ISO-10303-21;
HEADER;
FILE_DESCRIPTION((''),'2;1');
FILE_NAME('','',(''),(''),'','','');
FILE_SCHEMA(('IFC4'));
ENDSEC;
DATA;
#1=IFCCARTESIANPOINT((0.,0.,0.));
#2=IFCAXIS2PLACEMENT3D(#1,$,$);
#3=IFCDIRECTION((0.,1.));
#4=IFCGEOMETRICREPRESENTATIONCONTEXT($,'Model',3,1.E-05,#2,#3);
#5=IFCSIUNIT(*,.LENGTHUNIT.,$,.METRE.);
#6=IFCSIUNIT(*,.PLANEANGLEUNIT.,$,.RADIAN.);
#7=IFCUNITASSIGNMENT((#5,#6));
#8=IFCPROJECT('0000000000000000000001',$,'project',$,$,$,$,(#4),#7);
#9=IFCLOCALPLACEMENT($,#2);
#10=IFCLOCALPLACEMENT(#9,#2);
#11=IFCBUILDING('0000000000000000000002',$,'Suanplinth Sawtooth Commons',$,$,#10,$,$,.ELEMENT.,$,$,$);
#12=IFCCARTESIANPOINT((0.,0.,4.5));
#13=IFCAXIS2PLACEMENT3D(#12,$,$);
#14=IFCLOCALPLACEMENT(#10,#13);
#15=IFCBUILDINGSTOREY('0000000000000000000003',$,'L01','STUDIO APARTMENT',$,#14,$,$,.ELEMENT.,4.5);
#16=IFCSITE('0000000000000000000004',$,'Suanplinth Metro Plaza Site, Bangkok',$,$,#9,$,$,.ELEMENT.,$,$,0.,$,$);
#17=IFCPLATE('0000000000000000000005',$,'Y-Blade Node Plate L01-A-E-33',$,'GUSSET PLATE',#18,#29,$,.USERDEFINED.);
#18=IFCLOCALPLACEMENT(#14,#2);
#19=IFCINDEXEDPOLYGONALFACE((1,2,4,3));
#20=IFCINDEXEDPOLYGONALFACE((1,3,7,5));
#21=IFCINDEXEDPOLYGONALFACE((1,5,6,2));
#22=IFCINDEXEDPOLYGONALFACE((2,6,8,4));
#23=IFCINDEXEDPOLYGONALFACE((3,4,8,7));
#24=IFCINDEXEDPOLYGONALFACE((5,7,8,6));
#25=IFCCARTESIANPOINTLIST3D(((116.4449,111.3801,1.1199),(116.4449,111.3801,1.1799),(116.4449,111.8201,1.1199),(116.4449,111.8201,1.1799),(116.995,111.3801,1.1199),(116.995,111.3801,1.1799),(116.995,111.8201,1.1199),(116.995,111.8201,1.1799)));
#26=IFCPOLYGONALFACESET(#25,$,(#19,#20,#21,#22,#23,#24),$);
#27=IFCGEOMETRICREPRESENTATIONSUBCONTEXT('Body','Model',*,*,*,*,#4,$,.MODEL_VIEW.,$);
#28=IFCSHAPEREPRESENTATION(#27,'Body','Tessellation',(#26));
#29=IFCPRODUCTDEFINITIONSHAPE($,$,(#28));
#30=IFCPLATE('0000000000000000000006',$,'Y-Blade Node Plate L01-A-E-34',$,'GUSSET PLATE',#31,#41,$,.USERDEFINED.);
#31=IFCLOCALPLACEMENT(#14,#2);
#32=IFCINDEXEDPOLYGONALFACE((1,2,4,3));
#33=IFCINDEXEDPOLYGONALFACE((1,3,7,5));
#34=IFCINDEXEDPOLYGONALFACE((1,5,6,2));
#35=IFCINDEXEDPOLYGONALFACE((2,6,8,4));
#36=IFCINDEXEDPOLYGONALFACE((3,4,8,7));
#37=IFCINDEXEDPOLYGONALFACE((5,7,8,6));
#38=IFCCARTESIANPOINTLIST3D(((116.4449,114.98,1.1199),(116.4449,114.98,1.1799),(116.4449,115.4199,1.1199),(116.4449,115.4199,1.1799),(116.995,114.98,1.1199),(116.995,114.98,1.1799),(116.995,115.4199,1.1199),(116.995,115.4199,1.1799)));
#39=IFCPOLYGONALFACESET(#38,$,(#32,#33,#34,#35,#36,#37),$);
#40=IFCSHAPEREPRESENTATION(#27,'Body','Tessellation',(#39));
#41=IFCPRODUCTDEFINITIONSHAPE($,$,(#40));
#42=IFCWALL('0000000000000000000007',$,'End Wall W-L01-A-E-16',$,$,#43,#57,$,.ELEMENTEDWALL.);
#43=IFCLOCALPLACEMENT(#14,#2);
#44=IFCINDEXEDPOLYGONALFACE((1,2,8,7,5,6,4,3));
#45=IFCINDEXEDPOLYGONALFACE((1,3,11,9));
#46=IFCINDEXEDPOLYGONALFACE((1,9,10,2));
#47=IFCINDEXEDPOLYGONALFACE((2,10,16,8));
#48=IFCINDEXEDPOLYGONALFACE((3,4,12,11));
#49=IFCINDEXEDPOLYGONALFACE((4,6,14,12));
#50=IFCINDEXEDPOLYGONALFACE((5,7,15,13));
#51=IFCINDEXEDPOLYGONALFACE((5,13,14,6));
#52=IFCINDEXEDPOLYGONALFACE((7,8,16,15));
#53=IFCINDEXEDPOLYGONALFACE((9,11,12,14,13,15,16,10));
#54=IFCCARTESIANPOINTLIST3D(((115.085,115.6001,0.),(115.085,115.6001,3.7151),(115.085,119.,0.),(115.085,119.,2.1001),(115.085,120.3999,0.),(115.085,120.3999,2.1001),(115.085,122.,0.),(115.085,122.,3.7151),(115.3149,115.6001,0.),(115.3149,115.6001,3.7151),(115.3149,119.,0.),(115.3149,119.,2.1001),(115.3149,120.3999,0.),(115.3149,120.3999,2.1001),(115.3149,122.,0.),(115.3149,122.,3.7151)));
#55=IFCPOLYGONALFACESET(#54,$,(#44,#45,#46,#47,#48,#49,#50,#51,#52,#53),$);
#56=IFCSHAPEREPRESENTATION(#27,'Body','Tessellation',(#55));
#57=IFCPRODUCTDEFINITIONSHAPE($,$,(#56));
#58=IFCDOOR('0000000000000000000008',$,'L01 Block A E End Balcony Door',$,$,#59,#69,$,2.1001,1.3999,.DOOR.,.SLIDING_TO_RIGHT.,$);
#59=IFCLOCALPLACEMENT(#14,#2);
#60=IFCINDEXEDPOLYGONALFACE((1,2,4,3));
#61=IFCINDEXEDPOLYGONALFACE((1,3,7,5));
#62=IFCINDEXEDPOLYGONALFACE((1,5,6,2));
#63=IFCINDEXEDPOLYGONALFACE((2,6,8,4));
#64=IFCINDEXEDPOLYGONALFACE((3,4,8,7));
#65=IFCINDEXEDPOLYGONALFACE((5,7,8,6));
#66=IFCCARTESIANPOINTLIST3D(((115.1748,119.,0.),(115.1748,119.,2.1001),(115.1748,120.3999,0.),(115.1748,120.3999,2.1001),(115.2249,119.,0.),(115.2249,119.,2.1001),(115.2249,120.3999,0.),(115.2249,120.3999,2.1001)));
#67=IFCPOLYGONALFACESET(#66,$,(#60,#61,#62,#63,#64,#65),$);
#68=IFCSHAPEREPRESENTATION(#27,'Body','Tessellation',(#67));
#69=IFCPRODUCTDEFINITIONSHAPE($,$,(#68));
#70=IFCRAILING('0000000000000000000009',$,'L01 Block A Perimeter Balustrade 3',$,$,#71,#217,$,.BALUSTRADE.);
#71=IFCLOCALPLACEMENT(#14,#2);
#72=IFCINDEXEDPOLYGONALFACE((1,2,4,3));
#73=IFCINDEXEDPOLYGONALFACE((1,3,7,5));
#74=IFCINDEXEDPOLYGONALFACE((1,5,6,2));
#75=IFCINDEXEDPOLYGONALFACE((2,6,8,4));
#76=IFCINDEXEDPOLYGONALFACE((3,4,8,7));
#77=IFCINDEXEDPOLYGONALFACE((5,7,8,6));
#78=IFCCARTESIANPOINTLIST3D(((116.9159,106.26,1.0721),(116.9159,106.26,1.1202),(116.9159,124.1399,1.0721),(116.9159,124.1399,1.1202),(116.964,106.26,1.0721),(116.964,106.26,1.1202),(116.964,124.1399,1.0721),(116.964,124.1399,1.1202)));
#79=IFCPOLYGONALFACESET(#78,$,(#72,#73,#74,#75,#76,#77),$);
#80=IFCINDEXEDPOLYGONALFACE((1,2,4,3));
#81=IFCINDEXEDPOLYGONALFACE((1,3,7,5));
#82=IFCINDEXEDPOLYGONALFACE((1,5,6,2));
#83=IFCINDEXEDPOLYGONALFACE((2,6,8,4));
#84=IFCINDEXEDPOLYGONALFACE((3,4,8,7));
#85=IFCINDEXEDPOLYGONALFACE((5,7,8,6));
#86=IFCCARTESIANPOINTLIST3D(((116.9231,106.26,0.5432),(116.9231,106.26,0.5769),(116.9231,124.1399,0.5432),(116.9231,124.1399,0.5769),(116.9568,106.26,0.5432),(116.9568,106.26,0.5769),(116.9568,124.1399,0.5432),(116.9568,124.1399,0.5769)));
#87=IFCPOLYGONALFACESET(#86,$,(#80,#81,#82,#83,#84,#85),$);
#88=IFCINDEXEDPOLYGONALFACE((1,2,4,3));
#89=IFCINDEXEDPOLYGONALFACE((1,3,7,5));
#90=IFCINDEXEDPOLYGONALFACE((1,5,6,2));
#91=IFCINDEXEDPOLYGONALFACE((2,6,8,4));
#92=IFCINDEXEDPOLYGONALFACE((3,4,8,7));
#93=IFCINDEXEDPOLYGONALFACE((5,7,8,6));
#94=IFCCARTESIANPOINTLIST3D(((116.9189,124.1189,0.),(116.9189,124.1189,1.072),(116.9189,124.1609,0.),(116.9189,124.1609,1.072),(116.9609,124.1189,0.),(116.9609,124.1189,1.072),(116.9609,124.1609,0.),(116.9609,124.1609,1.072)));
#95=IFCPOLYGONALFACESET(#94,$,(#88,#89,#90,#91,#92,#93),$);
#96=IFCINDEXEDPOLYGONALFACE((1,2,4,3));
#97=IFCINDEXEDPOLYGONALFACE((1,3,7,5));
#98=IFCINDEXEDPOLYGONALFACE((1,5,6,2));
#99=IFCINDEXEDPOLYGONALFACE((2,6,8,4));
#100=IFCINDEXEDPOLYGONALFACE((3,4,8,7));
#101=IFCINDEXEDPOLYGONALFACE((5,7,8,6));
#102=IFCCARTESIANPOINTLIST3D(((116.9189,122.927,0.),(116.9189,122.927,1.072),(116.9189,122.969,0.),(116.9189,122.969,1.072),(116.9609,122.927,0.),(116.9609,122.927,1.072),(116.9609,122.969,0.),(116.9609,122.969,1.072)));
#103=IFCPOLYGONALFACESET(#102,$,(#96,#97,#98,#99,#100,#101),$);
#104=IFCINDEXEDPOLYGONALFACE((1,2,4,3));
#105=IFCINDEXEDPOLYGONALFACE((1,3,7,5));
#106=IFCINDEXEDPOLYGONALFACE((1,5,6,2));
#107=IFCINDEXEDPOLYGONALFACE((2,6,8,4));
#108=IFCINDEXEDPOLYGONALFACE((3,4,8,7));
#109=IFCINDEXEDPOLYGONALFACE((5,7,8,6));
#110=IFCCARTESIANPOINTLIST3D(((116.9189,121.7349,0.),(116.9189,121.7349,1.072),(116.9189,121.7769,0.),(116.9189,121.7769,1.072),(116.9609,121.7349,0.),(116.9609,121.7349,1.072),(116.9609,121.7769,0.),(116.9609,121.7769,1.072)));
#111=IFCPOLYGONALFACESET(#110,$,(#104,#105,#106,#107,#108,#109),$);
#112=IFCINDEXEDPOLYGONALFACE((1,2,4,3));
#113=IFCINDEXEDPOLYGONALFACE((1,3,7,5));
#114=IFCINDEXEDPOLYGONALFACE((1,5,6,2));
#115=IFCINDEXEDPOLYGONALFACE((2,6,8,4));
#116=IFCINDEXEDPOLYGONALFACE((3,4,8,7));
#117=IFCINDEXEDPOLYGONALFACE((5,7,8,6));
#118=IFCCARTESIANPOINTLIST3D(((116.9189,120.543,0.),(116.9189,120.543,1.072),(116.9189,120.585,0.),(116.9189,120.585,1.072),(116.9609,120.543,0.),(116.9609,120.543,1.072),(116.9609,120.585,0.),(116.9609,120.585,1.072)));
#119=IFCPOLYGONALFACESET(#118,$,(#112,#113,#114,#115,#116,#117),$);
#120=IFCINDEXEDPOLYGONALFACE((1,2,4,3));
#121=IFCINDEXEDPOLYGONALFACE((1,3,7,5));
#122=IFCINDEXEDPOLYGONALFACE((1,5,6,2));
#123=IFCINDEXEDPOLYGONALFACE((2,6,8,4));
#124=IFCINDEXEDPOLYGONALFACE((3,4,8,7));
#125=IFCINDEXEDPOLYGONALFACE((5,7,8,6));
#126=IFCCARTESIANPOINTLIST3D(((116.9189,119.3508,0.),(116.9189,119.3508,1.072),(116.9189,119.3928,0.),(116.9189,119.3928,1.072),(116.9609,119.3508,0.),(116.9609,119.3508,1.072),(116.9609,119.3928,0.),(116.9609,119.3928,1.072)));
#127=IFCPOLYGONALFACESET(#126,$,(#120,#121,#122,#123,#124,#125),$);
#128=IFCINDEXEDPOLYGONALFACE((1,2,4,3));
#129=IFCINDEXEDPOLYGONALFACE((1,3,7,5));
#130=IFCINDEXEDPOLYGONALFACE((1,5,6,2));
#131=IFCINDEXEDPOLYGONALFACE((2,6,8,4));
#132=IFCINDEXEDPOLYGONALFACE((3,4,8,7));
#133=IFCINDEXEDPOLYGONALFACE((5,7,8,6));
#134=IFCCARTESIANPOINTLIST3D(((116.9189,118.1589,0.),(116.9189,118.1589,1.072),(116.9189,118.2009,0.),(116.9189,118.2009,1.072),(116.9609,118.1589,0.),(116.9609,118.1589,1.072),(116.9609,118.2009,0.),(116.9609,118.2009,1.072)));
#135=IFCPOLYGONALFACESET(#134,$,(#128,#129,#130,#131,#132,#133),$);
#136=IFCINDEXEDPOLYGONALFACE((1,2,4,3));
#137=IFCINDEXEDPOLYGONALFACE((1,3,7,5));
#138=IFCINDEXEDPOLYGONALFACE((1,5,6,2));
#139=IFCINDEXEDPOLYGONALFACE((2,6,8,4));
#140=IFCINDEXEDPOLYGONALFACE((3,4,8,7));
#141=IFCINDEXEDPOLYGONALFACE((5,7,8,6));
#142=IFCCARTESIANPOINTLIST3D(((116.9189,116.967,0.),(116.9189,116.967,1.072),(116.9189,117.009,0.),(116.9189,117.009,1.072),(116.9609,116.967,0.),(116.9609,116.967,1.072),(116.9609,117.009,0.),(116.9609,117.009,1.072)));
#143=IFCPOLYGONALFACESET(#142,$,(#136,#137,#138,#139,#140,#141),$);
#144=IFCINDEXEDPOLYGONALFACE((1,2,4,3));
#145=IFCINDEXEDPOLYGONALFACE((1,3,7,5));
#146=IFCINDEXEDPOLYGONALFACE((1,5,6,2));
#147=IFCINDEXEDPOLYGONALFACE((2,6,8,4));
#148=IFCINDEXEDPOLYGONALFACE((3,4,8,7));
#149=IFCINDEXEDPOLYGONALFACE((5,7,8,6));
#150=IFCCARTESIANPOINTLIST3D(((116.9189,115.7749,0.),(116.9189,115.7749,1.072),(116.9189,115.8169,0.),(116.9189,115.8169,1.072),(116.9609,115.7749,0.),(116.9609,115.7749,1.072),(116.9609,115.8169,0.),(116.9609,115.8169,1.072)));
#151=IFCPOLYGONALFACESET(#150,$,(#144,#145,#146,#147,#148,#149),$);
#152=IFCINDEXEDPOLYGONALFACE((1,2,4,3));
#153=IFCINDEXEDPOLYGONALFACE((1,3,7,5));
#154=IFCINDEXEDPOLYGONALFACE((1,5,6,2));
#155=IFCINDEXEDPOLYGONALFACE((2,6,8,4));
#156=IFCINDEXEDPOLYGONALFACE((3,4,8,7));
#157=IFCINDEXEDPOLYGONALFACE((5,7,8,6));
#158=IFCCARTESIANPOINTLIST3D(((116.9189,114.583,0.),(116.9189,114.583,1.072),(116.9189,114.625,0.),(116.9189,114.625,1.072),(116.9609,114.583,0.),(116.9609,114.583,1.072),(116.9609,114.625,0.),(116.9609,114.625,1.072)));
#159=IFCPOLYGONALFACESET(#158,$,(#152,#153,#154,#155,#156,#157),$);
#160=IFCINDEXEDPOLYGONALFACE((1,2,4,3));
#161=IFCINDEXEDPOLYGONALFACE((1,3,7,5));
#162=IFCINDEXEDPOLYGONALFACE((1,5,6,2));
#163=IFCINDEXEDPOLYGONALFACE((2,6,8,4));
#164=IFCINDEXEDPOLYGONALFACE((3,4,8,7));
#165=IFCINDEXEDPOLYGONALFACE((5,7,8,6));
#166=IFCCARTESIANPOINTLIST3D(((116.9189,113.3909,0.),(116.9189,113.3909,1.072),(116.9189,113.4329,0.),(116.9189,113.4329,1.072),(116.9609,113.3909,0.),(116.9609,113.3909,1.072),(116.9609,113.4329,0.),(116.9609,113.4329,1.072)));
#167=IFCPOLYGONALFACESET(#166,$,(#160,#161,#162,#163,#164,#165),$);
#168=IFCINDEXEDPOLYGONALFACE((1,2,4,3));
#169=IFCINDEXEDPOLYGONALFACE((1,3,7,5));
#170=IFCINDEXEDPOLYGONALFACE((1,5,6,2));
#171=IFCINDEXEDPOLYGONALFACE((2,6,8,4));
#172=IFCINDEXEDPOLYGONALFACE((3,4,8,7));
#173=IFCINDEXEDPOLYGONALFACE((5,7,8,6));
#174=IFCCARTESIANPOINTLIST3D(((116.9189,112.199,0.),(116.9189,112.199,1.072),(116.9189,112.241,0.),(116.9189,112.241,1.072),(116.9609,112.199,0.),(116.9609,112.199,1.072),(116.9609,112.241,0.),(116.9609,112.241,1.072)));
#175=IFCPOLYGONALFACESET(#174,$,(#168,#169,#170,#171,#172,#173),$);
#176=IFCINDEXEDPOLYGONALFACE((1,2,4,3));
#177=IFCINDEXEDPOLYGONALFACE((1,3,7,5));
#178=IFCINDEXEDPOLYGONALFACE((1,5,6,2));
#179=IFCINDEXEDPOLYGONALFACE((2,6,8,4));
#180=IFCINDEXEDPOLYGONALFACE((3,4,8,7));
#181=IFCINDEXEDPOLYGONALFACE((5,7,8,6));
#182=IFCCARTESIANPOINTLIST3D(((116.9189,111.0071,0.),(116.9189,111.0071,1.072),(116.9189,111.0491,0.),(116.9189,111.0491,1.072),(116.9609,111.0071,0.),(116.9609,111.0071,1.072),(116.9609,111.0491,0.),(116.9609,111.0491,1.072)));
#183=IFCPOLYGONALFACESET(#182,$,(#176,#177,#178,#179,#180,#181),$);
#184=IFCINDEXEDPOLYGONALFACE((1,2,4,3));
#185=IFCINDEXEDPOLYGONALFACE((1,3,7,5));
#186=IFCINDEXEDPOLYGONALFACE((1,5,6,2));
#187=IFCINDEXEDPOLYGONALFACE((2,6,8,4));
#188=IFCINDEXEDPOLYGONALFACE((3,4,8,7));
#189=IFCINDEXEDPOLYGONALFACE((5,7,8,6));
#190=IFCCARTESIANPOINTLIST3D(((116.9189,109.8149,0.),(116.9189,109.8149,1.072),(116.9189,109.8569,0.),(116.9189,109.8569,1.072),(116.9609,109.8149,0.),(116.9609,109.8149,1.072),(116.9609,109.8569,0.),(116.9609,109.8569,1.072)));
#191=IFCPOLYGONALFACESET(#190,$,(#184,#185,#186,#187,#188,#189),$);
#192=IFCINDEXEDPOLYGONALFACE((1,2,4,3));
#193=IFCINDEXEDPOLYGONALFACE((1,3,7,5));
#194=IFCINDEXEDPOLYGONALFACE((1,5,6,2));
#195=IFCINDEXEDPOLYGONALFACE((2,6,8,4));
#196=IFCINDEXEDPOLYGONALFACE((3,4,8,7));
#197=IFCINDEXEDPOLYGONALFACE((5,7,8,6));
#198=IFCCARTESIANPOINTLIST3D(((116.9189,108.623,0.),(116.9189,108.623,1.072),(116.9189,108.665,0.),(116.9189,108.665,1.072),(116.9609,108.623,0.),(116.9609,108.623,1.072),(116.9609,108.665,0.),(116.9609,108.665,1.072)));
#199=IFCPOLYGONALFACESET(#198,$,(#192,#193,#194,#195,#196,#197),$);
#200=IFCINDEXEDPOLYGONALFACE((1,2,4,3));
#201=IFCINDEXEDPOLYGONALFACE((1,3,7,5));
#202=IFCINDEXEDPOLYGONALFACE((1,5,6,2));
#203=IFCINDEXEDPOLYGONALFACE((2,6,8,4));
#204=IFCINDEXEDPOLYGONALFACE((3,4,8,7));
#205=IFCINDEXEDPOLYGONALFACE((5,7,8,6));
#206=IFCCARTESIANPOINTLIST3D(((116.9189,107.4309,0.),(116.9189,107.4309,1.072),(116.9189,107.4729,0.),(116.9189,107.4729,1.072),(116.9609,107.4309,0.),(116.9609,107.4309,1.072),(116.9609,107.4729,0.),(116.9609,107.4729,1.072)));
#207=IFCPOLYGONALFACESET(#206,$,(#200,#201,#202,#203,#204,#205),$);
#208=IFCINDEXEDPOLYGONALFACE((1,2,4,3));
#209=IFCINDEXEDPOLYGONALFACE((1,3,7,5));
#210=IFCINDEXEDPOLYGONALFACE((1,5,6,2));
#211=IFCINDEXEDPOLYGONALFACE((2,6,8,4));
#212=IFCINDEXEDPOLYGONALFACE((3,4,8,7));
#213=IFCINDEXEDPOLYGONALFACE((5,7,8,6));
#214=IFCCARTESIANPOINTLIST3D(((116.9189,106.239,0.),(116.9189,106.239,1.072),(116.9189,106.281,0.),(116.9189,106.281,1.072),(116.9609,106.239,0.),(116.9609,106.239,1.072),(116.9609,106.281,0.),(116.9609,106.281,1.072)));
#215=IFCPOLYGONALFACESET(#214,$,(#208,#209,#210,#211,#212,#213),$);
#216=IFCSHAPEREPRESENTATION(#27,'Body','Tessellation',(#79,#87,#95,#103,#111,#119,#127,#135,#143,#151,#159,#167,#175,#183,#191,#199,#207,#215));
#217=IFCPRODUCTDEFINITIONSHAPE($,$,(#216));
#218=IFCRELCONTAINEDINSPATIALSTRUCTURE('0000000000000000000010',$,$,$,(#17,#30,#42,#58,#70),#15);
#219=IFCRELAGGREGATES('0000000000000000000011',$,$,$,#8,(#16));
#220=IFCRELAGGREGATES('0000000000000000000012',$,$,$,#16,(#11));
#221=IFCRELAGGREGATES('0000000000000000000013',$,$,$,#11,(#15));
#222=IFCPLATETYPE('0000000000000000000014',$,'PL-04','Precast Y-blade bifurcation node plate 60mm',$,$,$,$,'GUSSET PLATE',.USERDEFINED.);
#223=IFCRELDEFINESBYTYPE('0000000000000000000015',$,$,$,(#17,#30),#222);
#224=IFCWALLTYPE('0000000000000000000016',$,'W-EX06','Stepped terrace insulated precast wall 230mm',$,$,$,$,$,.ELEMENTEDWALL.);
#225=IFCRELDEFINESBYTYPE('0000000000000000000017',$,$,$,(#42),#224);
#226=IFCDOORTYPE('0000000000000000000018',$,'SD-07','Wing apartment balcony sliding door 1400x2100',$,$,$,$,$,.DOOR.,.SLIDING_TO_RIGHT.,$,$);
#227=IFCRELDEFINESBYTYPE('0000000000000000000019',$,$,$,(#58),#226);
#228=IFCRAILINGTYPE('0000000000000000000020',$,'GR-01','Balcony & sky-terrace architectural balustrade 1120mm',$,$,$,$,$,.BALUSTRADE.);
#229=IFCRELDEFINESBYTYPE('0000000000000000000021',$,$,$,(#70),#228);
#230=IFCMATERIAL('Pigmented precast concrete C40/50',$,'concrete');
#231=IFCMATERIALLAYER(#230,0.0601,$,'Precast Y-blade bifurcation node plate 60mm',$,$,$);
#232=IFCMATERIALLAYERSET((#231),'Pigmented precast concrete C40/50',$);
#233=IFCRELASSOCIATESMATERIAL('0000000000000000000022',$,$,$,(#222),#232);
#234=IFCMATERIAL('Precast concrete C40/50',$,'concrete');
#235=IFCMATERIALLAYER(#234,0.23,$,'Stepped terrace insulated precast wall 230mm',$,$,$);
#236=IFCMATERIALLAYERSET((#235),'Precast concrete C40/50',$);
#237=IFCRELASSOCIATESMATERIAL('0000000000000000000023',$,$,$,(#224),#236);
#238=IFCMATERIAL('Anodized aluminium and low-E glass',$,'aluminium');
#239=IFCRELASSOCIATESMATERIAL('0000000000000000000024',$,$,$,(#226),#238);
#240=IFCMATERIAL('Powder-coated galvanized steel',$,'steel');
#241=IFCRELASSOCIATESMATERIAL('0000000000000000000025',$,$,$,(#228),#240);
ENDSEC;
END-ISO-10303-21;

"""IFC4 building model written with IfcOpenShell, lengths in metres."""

from ifc_helpers import new_model, si_unit, direction, frame, frame_2d, origin, origin_2d, place, context, subcontext, project, spatial, rectangle, extrude, material, layer, layer_set, type_object, element, fill, save


model = new_model("IFC4")

# Units and contexts
model_context = context("Model", 3, precision=1e-05, world=origin(), true_north=direction((0.0, 1.0)))
body_context = subcontext(model_context, "Body", "Model", "MODEL_VIEW")
ifc_project = project(units=[si_unit("LENGTHUNIT", "METRE"), si_unit("PLANEANGLEUNIT", "RADIAN")], contexts=[model_context])

# Site, building, storey
site_placement = place(None, origin())
site = spatial("IfcSite", under=ifc_project, at=site_placement, Name="Suanplinth Metro Plaza Site, Bangkok", CompositionType="ELEMENT", RefElevation=0.0)
building_placement = place(site_placement, origin())
building = spatial("IfcBuilding", under=site, at=building_placement, Name="Suanplinth Sawtooth Commons", CompositionType="ELEMENT")
storey_placement = place(building_placement, frame((0.0, 0.0, 4.5)))
storey = spatial("IfcBuildingStorey", under=building, at=storey_placement, Name="L01", Description="STUDIO APARTMENT", CompositionType="ELEMENT", Elevation=4.5)

# Shared definitions
ifc_material_1 = material(Name="Precast concrete C40/50", Category="concrete")

# Shared definitions
ifc_material_2 = material(Name="Pigmented precast concrete C40/50", Category="concrete")

# Plates
ifc_layer_1 = layer(ifc_material_2, 0.0601, Name="Precast Y-blade bifurcation node plate 60mm")
ifc_layer_set_1 = layer_set([ifc_layer_1], Name="Pigmented precast concrete C40/50")
plate_type = type_object("IfcPlateType", Name="PL-04", Description="Precast Y-blade bifurcation node plate 60mm", ElementType="GUSSET PLATE", PredefinedType="USERDEFINED", material=ifc_layer_set_1)
for number, where, z_axis, x_axis, name in (
    (1, (116.72, 111.6001, 1.1199), (0.0, 0.0, 1.0), (0.0, 1.0, 0.0), "Y-Blade Node Plate L01-A-E-33"),
    (2, (116.72, 115.2, 1.1199), (0.0, 0.0, 1.0), (0.0, 1.0, 0.0), "Y-Blade Node Plate L01-A-E-34"),
):
    element("IfcPlate", number, at=place(storey_placement, frame(where, z_axis=z_axis, x_axis=x_axis)), inside=storey, type_object=plate_type, Name=name, ObjectType="GUSSET PLATE", PredefinedType="USERDEFINED", context=body_context, shape_type="SweptSolid", body=[
        extrude(rectangle(XDim=0.4399, YDim=0.55, at=origin_2d()), origin(), (0.0, 0.0, 1.0), 0.0601),
    ])

# Wall, opening, door
ifc_layer_2 = layer(ifc_material_1, 0.23, Name="Stepped terrace insulated precast wall 230mm")
ifc_layer_set_2 = layer_set([ifc_layer_2], Name="Precast concrete C40/50")
wall_type = type_object("IfcWallType", Name="W-EX06", Description="Stepped terrace insulated precast wall 230mm", PredefinedType="ELEMENTEDWALL", material=ifc_layer_set_2)
wall_placement = place(storey_placement, frame((115.2, 115.6001, 0.0), z_axis=(0.0, 0.0, 1.0), x_axis=(0.0, 1.0, 0.0)))
wall = element("IfcWall", 3, at=wall_placement, inside=storey, type_object=wall_type, Name="End Wall W-L01-A-E-16", PredefinedType="ELEMENTEDWALL", context=body_context, shape_type="SweptSolid", body=[
    extrude(rectangle(XDim=6.3999, YDim=0.23, at=frame_2d((3.2, 0.0))), origin(), (0.0, 0.0, 1.0), 3.7151),
])
opening_placement = place(wall_placement, frame((3.3999, 0.0, 0.0)))
opening = element("IfcOpeningElement", 4, at=opening_placement, cuts=wall, PredefinedType="OPENING", context=body_context, shape_type="SweptSolid", body=[
    extrude(rectangle(XDim=1.3999, YDim=2.1001, at=frame_2d((0.7, 1.05))), frame((0.0, 0.1299, 0.0), z_axis=(0.0, -1.0, 0.0), x_axis=(1.0, 0.0, 0.0)), (0.0, 0.0, 1.0), 0.2598),
])
ifc_material_3 = material(Name="Anodized aluminium and low-E glass", Category="aluminium")
door_type = type_object("IfcDoorType", Name="SD-07", Description="Wing apartment balcony sliding door 1400x2100", OperationType="SLIDING_TO_RIGHT", PredefinedType="DOOR", material=ifc_material_3)
door_placement = place(opening_placement, frame((1.3999, 0.0, 0.0), z_axis=(0.0, 0.0, 1.0), x_axis=(-1.0, 0.0, 0.0)))
door = element("IfcDoor", 5, at=door_placement, inside=storey, type_object=door_type, Name="L01 Block A E End Balcony Door", OperationType="SLIDING_TO_RIGHT", OverallHeight=2.1001, OverallWidth=1.3999, PredefinedType="DOOR", context=body_context, shape_type="SweptSolid", body=[
    extrude(rectangle(XDim=1.3999, YDim=2.1001, at=frame_2d((0.7, 1.05))), frame((0.0, 0.0249, 0.0), z_axis=(0.0, -1.0, 0.0), x_axis=(1.0, 0.0, 0.0)), (0.0, 0.0, 1.0), 0.05),
])
fill(opening, door)

# Railing
ifc_material_4 = material(Name="Powder-coated galvanized steel", Category="steel")
railing_type = type_object("IfcRailingType", Name="GR-01", Description="Balcony & sky-terrace architectural balustrade 1120mm", PredefinedType="BALUSTRADE", material=ifc_material_4)
railing_1_placement = place(storey_placement, frame((116.9399, 124.1399, 0.0)))
element("IfcRailing", 6, at=railing_1_placement, inside=storey, type_object=railing_type, Name="L01 Block A Perimeter Balustrade 3", PredefinedType="BALUSTRADE", context=body_context, shape_type="SweptSolid", body=[
    extrude(rectangle(XDim=0.0481, YDim=0.0481, at=origin_2d()), frame((0.0, 0.0, 1.0962), z_axis=(0.0, -1.0, 0.0), x_axis=(1.0, 0.0, 0.0)), (0.0, 0.0, 1.0), 17.8799),
    extrude(rectangle(XDim=0.0337, YDim=0.0337, at=origin_2d()), frame((0.0, 0.0, 0.5601), z_axis=(0.0, -1.0, 0.0), x_axis=(1.0, 0.0, 0.0)), (0.0, 0.0, 1.0), 17.8799),
    extrude(rectangle(XDim=0.042, YDim=0.042, at=origin_2d()), origin(), (0.0, 0.0, 1.0), 1.072),
    extrude(rectangle(XDim=0.042, YDim=0.042, at=origin_2d()), frame((0.0, -1.1919, 0.0)), (0.0, 0.0, 1.0), 1.072),
    extrude(rectangle(XDim=0.042, YDim=0.042, at=origin_2d()), frame((0.0, -2.384, 0.0)), (0.0, 0.0, 1.0), 1.072),
    extrude(rectangle(XDim=0.042, YDim=0.042, at=origin_2d()), frame((0.0, -3.5759, 0.0)), (0.0, 0.0, 1.0), 1.072),
    extrude(rectangle(XDim=0.042, YDim=0.042, at=origin_2d()), frame((0.0, -4.7681, 0.0)), (0.0, 0.0, 1.0), 1.072),
    extrude(rectangle(XDim=0.042, YDim=0.042, at=origin_2d()), frame((0.0, -5.96, 0.0)), (0.0, 0.0, 1.0), 1.072),
    extrude(rectangle(XDim=0.042, YDim=0.042, at=origin_2d()), frame((0.0, -7.1519, 0.0)), (0.0, 0.0, 1.0), 1.072),
    extrude(rectangle(XDim=0.042, YDim=0.042, at=origin_2d()), frame((0.0, -8.344, 0.0)), (0.0, 0.0, 1.0), 1.072),
    extrude(rectangle(XDim=0.042, YDim=0.042, at=origin_2d()), frame((0.0, -9.5359, 0.0)), (0.0, 0.0, 1.0), 1.072),
    extrude(rectangle(XDim=0.042, YDim=0.042, at=origin_2d()), frame((0.0, -10.728, 0.0)), (0.0, 0.0, 1.0), 1.072),
    extrude(rectangle(XDim=0.042, YDim=0.042, at=origin_2d()), frame((0.0, -11.9199, 0.0)), (0.0, 0.0, 1.0), 1.072),
    extrude(rectangle(XDim=0.042, YDim=0.042, at=origin_2d()), frame((0.0, -13.1118, 0.0)), (0.0, 0.0, 1.0), 1.072),
    extrude(rectangle(XDim=0.042, YDim=0.042, at=origin_2d()), frame((0.0, -14.304, 0.0)), (0.0, 0.0, 1.0), 1.072),
    extrude(rectangle(XDim=0.042, YDim=0.042, at=origin_2d()), frame((0.0, -15.4958, 0.0)), (0.0, 0.0, 1.0), 1.072),
    extrude(rectangle(XDim=0.042, YDim=0.042, at=origin_2d()), frame((0.0, -16.688, 0.0)), (0.0, 0.0, 1.0), 1.072),
    extrude(rectangle(XDim=0.042, YDim=0.042, at=origin_2d()), frame((0.0, -17.8799, 0.0)), (0.0, 0.0, 1.0), 1.072),
])

save(model, "model.ifc")
